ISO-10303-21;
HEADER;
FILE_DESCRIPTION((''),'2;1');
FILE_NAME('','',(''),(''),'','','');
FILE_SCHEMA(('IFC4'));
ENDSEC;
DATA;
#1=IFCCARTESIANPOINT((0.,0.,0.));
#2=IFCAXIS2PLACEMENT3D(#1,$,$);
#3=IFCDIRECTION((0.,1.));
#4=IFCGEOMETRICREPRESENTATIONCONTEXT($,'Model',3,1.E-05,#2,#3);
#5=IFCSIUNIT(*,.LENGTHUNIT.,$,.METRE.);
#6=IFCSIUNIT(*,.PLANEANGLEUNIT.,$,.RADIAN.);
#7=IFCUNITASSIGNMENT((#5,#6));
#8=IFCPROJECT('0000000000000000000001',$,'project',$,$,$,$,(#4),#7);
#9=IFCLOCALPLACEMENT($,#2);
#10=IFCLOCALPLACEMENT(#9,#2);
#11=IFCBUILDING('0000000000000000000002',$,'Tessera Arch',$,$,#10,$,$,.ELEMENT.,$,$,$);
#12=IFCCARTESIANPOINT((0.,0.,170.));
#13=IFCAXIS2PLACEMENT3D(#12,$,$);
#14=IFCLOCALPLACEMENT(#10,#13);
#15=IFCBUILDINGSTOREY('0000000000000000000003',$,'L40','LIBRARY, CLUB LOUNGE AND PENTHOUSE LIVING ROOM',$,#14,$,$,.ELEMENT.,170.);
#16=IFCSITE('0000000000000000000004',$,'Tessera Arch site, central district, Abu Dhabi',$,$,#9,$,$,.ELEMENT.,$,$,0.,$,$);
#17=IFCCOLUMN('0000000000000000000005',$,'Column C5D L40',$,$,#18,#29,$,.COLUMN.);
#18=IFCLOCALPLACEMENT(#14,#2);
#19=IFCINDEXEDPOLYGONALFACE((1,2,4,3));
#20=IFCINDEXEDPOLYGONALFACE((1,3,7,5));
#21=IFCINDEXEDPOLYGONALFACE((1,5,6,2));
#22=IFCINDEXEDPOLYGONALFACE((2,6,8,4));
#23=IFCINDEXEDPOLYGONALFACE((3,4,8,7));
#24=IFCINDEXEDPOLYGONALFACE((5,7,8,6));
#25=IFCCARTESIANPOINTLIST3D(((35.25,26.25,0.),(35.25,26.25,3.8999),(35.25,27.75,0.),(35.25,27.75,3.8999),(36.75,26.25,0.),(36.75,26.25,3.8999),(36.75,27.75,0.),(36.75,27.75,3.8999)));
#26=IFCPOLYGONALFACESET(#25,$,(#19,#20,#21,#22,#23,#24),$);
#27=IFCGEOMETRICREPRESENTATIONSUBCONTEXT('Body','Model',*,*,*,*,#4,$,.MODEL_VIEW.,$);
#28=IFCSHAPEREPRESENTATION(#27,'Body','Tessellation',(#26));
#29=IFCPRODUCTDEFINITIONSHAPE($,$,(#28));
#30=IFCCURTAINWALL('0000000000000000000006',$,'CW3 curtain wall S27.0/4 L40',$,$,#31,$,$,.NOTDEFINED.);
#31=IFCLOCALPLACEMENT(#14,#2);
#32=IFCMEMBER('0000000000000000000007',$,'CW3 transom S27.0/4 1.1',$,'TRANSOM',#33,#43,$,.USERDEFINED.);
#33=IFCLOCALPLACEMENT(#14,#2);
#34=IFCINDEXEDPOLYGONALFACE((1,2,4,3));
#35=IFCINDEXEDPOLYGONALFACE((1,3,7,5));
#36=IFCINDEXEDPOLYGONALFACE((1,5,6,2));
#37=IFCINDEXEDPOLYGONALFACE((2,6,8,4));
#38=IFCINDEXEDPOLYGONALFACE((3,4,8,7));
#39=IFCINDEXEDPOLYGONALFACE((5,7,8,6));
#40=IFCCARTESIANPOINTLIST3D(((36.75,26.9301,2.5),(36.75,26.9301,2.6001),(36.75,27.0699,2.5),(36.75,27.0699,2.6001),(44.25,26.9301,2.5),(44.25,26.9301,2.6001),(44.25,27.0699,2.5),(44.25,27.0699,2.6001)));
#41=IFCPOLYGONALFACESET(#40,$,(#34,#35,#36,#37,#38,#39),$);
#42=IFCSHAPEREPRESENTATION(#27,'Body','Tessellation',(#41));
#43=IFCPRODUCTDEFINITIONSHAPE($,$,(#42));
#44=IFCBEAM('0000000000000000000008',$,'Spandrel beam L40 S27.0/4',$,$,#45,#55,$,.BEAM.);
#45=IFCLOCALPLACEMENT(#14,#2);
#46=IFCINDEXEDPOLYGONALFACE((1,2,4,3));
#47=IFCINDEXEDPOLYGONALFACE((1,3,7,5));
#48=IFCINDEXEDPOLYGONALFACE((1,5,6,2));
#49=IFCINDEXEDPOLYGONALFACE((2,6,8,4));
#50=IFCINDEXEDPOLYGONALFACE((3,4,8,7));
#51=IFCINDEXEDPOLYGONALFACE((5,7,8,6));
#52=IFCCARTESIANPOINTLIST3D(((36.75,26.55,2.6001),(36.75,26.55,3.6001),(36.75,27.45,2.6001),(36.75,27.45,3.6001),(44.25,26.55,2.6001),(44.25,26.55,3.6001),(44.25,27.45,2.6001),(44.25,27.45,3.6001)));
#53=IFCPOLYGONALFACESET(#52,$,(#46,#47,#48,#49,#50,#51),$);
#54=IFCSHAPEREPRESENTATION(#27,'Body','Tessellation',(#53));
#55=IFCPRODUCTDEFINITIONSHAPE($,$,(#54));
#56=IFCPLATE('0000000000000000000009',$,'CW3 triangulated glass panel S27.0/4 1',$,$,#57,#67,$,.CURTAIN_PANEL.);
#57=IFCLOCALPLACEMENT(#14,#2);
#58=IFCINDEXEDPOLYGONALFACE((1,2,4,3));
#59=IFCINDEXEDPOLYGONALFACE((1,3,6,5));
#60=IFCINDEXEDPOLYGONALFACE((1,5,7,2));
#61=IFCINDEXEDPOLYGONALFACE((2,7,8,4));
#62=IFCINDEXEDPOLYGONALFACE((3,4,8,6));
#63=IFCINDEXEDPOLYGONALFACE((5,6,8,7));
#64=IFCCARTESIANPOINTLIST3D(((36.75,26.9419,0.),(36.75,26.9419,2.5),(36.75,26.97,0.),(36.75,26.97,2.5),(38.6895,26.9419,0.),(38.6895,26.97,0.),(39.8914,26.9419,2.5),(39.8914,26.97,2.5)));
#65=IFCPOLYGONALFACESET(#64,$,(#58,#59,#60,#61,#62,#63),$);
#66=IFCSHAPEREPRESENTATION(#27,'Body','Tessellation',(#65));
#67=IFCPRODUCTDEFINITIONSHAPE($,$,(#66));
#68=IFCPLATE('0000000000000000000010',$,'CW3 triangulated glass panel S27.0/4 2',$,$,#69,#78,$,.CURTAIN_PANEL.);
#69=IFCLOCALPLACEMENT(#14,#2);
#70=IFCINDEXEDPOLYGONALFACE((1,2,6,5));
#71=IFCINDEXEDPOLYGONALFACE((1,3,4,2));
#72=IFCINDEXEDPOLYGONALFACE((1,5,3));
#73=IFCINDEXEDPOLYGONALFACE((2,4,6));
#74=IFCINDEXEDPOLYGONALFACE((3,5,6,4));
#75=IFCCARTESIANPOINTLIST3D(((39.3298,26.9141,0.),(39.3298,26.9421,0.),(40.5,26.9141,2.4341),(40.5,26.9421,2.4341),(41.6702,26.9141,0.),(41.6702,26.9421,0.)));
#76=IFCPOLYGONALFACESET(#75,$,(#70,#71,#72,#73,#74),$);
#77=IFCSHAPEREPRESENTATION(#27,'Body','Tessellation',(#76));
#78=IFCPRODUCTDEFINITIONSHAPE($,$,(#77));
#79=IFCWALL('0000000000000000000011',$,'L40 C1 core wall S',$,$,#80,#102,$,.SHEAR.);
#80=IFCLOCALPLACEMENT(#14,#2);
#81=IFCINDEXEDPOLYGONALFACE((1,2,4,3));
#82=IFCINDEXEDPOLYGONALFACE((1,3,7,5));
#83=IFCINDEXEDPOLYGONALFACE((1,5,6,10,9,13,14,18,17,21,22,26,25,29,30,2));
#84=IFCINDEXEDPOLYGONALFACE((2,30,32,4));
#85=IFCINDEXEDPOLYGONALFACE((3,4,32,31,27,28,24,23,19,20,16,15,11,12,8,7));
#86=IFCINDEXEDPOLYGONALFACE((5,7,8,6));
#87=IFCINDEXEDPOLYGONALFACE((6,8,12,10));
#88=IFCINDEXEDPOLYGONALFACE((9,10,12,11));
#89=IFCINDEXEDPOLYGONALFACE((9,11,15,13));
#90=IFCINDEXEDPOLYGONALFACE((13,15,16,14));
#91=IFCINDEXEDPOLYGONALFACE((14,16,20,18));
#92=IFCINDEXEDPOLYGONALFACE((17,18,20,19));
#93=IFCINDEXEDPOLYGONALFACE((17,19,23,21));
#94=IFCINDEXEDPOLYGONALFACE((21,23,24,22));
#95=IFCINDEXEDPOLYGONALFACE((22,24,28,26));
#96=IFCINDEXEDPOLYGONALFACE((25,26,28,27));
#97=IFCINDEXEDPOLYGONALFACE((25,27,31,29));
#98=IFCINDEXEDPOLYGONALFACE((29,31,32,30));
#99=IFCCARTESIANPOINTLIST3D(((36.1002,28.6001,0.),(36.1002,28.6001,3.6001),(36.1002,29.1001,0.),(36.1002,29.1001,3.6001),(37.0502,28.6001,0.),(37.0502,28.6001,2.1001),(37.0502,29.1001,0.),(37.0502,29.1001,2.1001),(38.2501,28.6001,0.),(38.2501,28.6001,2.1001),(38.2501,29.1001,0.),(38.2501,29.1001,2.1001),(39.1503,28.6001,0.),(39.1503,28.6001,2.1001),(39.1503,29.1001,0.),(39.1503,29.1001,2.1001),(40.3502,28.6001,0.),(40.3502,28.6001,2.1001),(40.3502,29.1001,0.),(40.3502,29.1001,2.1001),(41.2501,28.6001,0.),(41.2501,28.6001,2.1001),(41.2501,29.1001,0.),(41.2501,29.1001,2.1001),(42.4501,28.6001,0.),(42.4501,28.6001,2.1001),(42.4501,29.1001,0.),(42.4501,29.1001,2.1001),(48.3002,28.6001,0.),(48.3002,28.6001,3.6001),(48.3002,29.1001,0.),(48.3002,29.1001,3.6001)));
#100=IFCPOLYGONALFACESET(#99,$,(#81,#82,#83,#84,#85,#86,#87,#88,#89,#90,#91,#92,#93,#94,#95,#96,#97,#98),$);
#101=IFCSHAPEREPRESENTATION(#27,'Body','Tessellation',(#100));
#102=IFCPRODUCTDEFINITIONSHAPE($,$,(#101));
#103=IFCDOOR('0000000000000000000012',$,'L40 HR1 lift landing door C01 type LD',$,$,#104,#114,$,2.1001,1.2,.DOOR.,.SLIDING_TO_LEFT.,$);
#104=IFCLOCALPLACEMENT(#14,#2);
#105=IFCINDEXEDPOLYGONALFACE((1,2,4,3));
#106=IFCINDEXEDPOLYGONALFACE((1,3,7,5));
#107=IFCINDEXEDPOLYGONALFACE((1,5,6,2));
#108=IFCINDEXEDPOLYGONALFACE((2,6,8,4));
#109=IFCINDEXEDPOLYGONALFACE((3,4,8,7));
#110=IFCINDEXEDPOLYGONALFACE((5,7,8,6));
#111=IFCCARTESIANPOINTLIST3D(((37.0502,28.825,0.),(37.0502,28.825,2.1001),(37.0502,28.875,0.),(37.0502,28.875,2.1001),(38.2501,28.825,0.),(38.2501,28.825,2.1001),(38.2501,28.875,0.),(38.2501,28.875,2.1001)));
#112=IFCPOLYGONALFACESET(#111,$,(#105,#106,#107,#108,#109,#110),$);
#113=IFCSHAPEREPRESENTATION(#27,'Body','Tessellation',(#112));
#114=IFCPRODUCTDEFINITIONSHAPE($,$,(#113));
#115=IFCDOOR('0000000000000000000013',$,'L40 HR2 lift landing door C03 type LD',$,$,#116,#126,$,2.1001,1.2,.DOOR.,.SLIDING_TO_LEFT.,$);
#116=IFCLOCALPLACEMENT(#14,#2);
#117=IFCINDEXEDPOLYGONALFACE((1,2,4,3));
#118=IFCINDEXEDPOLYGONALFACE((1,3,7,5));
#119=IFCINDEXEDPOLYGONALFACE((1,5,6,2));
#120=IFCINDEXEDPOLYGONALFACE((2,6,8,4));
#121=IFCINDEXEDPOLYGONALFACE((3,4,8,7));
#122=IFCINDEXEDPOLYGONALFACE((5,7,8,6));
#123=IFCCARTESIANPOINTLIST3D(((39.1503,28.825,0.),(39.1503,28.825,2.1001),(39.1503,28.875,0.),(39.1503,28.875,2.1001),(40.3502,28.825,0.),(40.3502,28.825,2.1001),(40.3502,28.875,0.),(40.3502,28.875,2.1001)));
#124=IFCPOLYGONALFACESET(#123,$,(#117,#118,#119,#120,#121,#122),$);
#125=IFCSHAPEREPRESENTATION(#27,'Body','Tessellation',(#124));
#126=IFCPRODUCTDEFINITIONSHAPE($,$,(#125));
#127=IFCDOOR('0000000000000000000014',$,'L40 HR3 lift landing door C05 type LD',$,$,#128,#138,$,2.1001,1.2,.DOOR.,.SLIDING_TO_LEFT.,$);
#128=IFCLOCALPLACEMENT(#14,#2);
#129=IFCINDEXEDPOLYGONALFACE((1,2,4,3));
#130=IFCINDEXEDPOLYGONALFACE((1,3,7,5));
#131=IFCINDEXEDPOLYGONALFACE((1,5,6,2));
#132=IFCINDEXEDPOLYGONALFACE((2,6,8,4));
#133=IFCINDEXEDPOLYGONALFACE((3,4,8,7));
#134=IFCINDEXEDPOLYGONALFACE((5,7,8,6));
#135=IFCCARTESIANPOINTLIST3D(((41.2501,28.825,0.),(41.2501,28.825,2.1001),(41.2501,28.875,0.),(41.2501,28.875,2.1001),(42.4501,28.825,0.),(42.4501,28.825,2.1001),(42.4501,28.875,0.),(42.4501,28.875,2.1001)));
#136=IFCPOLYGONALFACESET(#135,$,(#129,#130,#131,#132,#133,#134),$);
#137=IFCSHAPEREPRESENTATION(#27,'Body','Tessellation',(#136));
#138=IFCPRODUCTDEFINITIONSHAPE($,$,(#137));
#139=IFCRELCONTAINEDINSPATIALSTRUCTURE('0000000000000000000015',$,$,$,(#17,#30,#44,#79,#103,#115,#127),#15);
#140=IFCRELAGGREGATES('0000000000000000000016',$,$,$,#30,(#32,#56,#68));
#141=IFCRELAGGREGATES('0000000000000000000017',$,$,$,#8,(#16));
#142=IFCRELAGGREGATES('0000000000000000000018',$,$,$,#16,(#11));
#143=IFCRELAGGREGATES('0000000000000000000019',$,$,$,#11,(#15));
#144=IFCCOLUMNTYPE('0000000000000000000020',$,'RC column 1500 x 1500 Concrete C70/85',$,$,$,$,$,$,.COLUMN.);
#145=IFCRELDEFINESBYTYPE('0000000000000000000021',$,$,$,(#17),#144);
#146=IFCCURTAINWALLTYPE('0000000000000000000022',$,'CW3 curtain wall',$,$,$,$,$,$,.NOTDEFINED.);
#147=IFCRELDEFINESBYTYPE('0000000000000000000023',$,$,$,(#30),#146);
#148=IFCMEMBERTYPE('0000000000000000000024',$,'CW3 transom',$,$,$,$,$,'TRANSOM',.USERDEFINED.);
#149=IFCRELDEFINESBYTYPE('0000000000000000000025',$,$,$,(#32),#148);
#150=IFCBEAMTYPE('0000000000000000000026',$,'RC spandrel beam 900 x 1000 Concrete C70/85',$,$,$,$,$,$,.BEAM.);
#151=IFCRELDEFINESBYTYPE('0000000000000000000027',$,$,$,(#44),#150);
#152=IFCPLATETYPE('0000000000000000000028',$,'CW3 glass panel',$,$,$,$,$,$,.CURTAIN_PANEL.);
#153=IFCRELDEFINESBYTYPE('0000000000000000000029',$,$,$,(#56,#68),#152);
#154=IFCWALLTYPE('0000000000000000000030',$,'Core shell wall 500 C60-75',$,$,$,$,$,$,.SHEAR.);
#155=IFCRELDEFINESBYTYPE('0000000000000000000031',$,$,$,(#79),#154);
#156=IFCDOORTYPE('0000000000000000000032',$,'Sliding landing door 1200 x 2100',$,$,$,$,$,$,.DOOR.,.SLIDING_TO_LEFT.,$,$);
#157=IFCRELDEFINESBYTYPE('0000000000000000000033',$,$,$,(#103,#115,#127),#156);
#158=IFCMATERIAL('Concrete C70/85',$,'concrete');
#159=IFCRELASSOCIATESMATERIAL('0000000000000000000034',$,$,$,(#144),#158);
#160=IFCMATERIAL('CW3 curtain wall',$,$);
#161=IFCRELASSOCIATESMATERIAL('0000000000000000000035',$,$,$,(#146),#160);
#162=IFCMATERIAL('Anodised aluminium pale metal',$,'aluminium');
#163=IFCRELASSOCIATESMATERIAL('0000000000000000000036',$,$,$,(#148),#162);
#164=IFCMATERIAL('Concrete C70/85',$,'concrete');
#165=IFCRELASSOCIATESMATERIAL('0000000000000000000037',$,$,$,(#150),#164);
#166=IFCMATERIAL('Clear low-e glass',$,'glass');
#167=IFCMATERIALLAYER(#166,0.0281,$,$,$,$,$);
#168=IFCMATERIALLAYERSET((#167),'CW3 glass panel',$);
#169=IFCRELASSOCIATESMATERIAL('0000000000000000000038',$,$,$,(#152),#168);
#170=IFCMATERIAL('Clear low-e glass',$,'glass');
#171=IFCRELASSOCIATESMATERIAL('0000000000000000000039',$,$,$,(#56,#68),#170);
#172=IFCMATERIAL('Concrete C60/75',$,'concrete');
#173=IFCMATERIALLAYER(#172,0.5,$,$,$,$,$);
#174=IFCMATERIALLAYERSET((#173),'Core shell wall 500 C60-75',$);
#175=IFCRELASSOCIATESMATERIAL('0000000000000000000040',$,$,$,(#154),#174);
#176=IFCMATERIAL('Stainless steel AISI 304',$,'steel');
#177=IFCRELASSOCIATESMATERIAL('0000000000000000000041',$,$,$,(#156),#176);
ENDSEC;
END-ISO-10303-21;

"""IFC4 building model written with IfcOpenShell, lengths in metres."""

from ifc_helpers import new_model, si_unit, direction, frame, frame_2d, origin, origin_2d, place, context, subcontext, project, spatial, polyline, rectangle, outline, extrude, material, layer, layer_set, material_profile, profile_set, type_object, element, fill, aggregate, save


model = new_model("IFC4")

# Units and contexts
model_context = context("Model", 3, precision=1e-05, world=origin(), true_north=direction((0.0, 1.0)))
body_context = subcontext(model_context, "Body", "Model", "MODEL_VIEW")
ifc_project = project(units=[si_unit("LENGTHUNIT", "METRE"), si_unit("PLANEANGLEUNIT", "RADIAN")], contexts=[model_context])

# Site, building, storey
site_placement = place(None, origin())
site = spatial("IfcSite", under=ifc_project, at=site_placement, Name="Tessera Arch site, central district, Abu Dhabi", CompositionType="ELEMENT", RefElevation=0.0)
building_placement = place(site_placement, origin())
building = spatial("IfcBuilding", under=site, at=building_placement, Name="Tessera Arch", CompositionType="ELEMENT")
storey_placement = place(building_placement, frame((0.0, 0.0, 170.0)))
storey = spatial("IfcBuildingStorey", under=building, at=storey_placement, Name="L40", Description="LIBRARY, CLUB LOUNGE AND PENTHOUSE LIVING ROOM", CompositionType="ELEMENT", Elevation=170.0)

# Column
ifc_material_1 = material(Name="Concrete C70/85", Category="concrete")
ifc_material_profile_1 = material_profile(ifc_material_1, rectangle(XDim=1.5, YDim=1.5, at=origin_2d()), Name="RC column 1500 x 1500 Concrete C70/85")
ifc_profile_set_1 = profile_set([ifc_material_profile_1], Name="Concrete C70/85")
column_type = type_object("IfcColumnType", Name="RC column 1500 x 1500 Concrete C70/85", PredefinedType="COLUMN", material=ifc_profile_set_1)
column_placement = place(storey_placement, frame((36.0, 27.0, 0.0), z_axis=(0.0, 0.0, 1.0), x_axis=(1.0, 0.0, 0.0)))
element("IfcColumn", 1, at=column_placement, inside=storey, type_object=column_type, Name="Column C5D L40", PredefinedType="COLUMN", context=body_context, shape_type="SweptSolid", body=[
    extrude(rectangle(XDim=1.5, YDim=1.5, at=origin_2d()), origin(), (0.0, 0.0, 1.0), 3.8999),
])

# Curtain wall, member
ifc_material_2 = material(Name="CW3 curtain wall")
curtain_wall_type = type_object("IfcCurtainWallType", Name="CW3 curtain wall", PredefinedType="NOTDEFINED", material=ifc_material_2)
curtain_wall_placement = place(storey_placement, origin())
curtain_wall = element("IfcCurtainWall", 2, at=curtain_wall_placement, inside=storey, type_object=curtain_wall_type, Name="CW3 curtain wall S27.0/4 L40", PredefinedType="NOTDEFINED")
ifc_material_3 = material(Name="Anodised aluminium pale metal", Category="aluminium")
ifc_material_profile_2 = material_profile(ifc_material_3, rectangle(XDim=0.1399, YDim=0.1001, at=origin_2d()), Name="AL 140x100")
ifc_profile_set_2 = profile_set([ifc_material_profile_2], Name="Anodised aluminium pale metal")
member_type = type_object("IfcMemberType", Name="CW3 transom", ElementType="TRANSOM", PredefinedType="USERDEFINED", material=ifc_profile_set_2)
member_placement = place(storey_placement, frame((36.75, 27.0, 2.55), z_axis=(1.0, 0.0, 0.0), x_axis=(0.0, 1.0, 0.0)))
member = element("IfcMember", 3, at=member_placement, type_object=member_type, Name="CW3 transom S27.0/4 1.1", ObjectType="TRANSOM", PredefinedType="USERDEFINED", context=body_context, shape_type="SweptSolid", body=[
    extrude(rectangle(XDim=0.1399, YDim=0.1001, at=origin_2d()), origin(), (0.0, 0.0, 1.0), 7.5),
])

# Beam
ifc_material_4 = material(Name="Concrete C70/85", Category="concrete")
ifc_material_profile_3 = material_profile(ifc_material_4, rectangle(XDim=0.8999, YDim=1.0, at=origin_2d()), Name="RC spandrel beam 900 x 1000 Concrete C70/85")
ifc_profile_set_3 = profile_set([ifc_material_profile_3], Name="Concrete C70/85")
beam_type = type_object("IfcBeamType", Name="RC spandrel beam 900 x 1000 Concrete C70/85", PredefinedType="BEAM", material=ifc_profile_set_3)
beam_placement = place(storey_placement, frame((36.75, 27.0, 3.1001), z_axis=(1.0, 0.0, 0.0), x_axis=(0.0, 1.0, 0.0)))
element("IfcBeam", 4, at=beam_placement, inside=storey, type_object=beam_type, Name="Spandrel beam L40 S27.0/4", PredefinedType="BEAM", context=body_context, shape_type="SweptSolid", body=[
    extrude(rectangle(XDim=0.8999, YDim=1.0, at=origin_2d()), origin(), (0.0, 0.0, 1.0), 7.5),
])

# Plates
ifc_material_5 = material(Name="Clear low-e glass", Category="glass")
ifc_material_6 = material(Name="Clear low-e glass", Category="glass")
ifc_layer_1 = layer(ifc_material_6, 0.0281)
ifc_layer_set_1 = layer_set([ifc_layer_1], Name="CW3 glass panel")
plate_type = type_object("IfcPlateType", Name="CW3 glass panel", PredefinedType="CURTAIN_PANEL", material=ifc_layer_set_1)
plate_1_placement = place(storey_placement, frame((36.75, 26.9419, 0.0), z_axis=(0.0, -1.0, 0.0), x_axis=(1.0, 0.0, 0.0)))
plate_1 = element("IfcPlate", 5, at=plate_1_placement, type_object=plate_type, material=ifc_material_5, Name="CW3 triangulated glass panel S27.0/4 1", PredefinedType="CURTAIN_PANEL", context=body_context, shape_type="SweptSolid", body=[
    extrude(outline(polyline([(0.0, 0.0), (1.9395, 0.0), (3.1414, 2.5), (0.0, 2.5), (0.0, 0.0)])), origin(), (0.0, 0.0, -1.0), 0.0281),
])
plate_2_placement = place(storey_placement, frame((39.3298, 26.9141, 0.0), z_axis=(0.0, -1.0, 0.0), x_axis=(1.0, 0.0, 0.0)))
plate_2 = element("IfcPlate", 6, at=plate_2_placement, type_object=plate_type, material=ifc_material_5, Name="CW3 triangulated glass panel S27.0/4 2", PredefinedType="CURTAIN_PANEL", context=body_context, shape_type="SweptSolid", body=[
    extrude(outline(polyline([(0.0, 0.0), (2.3403, 0.0), (1.1702, 2.4341), (0.0, 0.0)])), origin(), (0.0, 0.0, -1.0), 0.0281),
])
aggregate(curtain_wall, [member, plate_1, plate_2])

# Wall, openings, doors
ifc_material_7 = material(Name="Concrete C60/75", Category="concrete")
ifc_layer_2 = layer(ifc_material_7, 0.5)
ifc_layer_set_2 = layer_set([ifc_layer_2], Name="Core shell wall 500 C60-75")
wall_type_1 = type_object("IfcWallType", Name="Core shell wall 500 C60-75", PredefinedType="SHEAR", material=ifc_layer_set_2)
wall_1_placement = place(storey_placement, frame((36.1001, 28.8501, 0.0), z_axis=(0.0, 0.0, 1.0), x_axis=(1.0, 0.0, 0.0)))
wall_1 = element("IfcWall", 7, at=wall_1_placement, inside=storey, type_object=wall_type_1, Name="L40 C1 core wall S", PredefinedType="SHEAR", context=body_context, shape_type="SweptSolid", body=[
    extrude(rectangle(XDim=12.2, YDim=0.5, at=frame_2d((6.1001, 0.0))), origin(), (0.0, 0.0, 1.0), 3.6001),
])
opening_1_placement = place(wall_1_placement, frame((0.95, 0.0, 0.0)))
opening_1 = element("IfcOpeningElement", 8, at=opening_1_placement, cuts=wall_1, PredefinedType="OPENING", context=body_context, shape_type="SweptSolid", body=[
    extrude(rectangle(XDim=1.2, YDim=2.1001, at=frame_2d((0.6001, 1.05))), frame((0.0, 0.26, 0.0), z_axis=(0.0, -1.0, 0.0), x_axis=(1.0, 0.0, 0.0)), (0.0, 0.0, 1.0), 0.52),
])
opening_2_placement = place(wall_1_placement, frame((3.05, 0.0, 0.0)))
opening_2 = element("IfcOpeningElement", 9, at=opening_2_placement, cuts=wall_1, PredefinedType="OPENING", context=body_context, shape_type="SweptSolid", body=[
    extrude(rectangle(XDim=1.2, YDim=2.1001, at=frame_2d((0.6001, 1.05))), frame((0.0, 0.26, 0.0), z_axis=(0.0, -1.0, 0.0), x_axis=(1.0, 0.0, 0.0)), (0.0, 0.0, 1.0), 0.52),
])
opening_3_placement = place(wall_1_placement, frame((5.1499, 0.0, 0.0)))
opening_3 = element("IfcOpeningElement", 10, at=opening_3_placement, cuts=wall_1, PredefinedType="OPENING", context=body_context, shape_type="SweptSolid", body=[
    extrude(rectangle(XDim=1.2, YDim=2.1001, at=frame_2d((0.6001, 1.05))), frame((0.0, 0.26, 0.0), z_axis=(0.0, -1.0, 0.0), x_axis=(1.0, 0.0, 0.0)), (0.0, 0.0, 1.0), 0.52),
])
ifc_material_8 = material(Name="Stainless steel AISI 304", Category="steel")
door_type_1 = type_object("IfcDoorType", Name="Sliding landing door 1200 x 2100", OperationType="SLIDING_TO_LEFT", PredefinedType="DOOR", material=ifc_material_8)
door_1_placement = place(opening_1_placement, origin())
door_1 = element("IfcDoor", 11, at=door_1_placement, inside=storey, type_object=door_type_1, Name="L40 HR1 lift landing door C01 type LD", OperationType="SLIDING_TO_LEFT", OverallHeight=2.1001, OverallWidth=1.2, PredefinedType="DOOR", context=body_context, shape_type="SweptSolid", body=[
    extrude(rectangle(XDim=1.2, YDim=2.1001, at=frame_2d((0.6001, 1.05))), frame((0.0, 0.0249, 0.0), z_axis=(0.0, -1.0, 0.0), x_axis=(1.0, 0.0, 0.0)), (0.0, 0.0, 1.0), 0.05),
])
fill(opening_1, door_1)
door_2_placement = place(opening_2_placement, origin())
door_2 = element("IfcDoor", 12, at=door_2_placement, inside=storey, type_object=door_type_1, Name="L40 HR2 lift landing door C03 type LD", OperationType="SLIDING_TO_LEFT", OverallHeight=2.1001, OverallWidth=1.2, PredefinedType="DOOR", context=body_context, shape_type="SweptSolid", body=[
    extrude(rectangle(XDim=1.2, YDim=2.1001, at=frame_2d((0.6001, 1.05))), frame((0.0, 0.0249, 0.0), z_axis=(0.0, -1.0, 0.0), x_axis=(1.0, 0.0, 0.0)), (0.0, 0.0, 1.0), 0.05),
])
fill(opening_2, door_2)
door_3_placement = place(opening_3_placement, origin())
door_3 = element("IfcDoor", 13, at=door_3_placement, inside=storey, type_object=door_type_1, Name="L40 HR3 lift landing door C05 type LD", OperationType="SLIDING_TO_LEFT", OverallHeight=2.1001, OverallWidth=1.2, PredefinedType="DOOR", context=body_context, shape_type="SweptSolid", body=[
    extrude(rectangle(XDim=1.2, YDim=2.1001, at=frame_2d((0.6001, 1.05))), frame((0.0, 0.0249, 0.0), z_axis=(0.0, -1.0, 0.0), x_axis=(1.0, 0.0, 0.0)), (0.0, 0.0, 1.0), 0.05),
])
fill(opening_3, door_3)

save(model, "model.ifc")
